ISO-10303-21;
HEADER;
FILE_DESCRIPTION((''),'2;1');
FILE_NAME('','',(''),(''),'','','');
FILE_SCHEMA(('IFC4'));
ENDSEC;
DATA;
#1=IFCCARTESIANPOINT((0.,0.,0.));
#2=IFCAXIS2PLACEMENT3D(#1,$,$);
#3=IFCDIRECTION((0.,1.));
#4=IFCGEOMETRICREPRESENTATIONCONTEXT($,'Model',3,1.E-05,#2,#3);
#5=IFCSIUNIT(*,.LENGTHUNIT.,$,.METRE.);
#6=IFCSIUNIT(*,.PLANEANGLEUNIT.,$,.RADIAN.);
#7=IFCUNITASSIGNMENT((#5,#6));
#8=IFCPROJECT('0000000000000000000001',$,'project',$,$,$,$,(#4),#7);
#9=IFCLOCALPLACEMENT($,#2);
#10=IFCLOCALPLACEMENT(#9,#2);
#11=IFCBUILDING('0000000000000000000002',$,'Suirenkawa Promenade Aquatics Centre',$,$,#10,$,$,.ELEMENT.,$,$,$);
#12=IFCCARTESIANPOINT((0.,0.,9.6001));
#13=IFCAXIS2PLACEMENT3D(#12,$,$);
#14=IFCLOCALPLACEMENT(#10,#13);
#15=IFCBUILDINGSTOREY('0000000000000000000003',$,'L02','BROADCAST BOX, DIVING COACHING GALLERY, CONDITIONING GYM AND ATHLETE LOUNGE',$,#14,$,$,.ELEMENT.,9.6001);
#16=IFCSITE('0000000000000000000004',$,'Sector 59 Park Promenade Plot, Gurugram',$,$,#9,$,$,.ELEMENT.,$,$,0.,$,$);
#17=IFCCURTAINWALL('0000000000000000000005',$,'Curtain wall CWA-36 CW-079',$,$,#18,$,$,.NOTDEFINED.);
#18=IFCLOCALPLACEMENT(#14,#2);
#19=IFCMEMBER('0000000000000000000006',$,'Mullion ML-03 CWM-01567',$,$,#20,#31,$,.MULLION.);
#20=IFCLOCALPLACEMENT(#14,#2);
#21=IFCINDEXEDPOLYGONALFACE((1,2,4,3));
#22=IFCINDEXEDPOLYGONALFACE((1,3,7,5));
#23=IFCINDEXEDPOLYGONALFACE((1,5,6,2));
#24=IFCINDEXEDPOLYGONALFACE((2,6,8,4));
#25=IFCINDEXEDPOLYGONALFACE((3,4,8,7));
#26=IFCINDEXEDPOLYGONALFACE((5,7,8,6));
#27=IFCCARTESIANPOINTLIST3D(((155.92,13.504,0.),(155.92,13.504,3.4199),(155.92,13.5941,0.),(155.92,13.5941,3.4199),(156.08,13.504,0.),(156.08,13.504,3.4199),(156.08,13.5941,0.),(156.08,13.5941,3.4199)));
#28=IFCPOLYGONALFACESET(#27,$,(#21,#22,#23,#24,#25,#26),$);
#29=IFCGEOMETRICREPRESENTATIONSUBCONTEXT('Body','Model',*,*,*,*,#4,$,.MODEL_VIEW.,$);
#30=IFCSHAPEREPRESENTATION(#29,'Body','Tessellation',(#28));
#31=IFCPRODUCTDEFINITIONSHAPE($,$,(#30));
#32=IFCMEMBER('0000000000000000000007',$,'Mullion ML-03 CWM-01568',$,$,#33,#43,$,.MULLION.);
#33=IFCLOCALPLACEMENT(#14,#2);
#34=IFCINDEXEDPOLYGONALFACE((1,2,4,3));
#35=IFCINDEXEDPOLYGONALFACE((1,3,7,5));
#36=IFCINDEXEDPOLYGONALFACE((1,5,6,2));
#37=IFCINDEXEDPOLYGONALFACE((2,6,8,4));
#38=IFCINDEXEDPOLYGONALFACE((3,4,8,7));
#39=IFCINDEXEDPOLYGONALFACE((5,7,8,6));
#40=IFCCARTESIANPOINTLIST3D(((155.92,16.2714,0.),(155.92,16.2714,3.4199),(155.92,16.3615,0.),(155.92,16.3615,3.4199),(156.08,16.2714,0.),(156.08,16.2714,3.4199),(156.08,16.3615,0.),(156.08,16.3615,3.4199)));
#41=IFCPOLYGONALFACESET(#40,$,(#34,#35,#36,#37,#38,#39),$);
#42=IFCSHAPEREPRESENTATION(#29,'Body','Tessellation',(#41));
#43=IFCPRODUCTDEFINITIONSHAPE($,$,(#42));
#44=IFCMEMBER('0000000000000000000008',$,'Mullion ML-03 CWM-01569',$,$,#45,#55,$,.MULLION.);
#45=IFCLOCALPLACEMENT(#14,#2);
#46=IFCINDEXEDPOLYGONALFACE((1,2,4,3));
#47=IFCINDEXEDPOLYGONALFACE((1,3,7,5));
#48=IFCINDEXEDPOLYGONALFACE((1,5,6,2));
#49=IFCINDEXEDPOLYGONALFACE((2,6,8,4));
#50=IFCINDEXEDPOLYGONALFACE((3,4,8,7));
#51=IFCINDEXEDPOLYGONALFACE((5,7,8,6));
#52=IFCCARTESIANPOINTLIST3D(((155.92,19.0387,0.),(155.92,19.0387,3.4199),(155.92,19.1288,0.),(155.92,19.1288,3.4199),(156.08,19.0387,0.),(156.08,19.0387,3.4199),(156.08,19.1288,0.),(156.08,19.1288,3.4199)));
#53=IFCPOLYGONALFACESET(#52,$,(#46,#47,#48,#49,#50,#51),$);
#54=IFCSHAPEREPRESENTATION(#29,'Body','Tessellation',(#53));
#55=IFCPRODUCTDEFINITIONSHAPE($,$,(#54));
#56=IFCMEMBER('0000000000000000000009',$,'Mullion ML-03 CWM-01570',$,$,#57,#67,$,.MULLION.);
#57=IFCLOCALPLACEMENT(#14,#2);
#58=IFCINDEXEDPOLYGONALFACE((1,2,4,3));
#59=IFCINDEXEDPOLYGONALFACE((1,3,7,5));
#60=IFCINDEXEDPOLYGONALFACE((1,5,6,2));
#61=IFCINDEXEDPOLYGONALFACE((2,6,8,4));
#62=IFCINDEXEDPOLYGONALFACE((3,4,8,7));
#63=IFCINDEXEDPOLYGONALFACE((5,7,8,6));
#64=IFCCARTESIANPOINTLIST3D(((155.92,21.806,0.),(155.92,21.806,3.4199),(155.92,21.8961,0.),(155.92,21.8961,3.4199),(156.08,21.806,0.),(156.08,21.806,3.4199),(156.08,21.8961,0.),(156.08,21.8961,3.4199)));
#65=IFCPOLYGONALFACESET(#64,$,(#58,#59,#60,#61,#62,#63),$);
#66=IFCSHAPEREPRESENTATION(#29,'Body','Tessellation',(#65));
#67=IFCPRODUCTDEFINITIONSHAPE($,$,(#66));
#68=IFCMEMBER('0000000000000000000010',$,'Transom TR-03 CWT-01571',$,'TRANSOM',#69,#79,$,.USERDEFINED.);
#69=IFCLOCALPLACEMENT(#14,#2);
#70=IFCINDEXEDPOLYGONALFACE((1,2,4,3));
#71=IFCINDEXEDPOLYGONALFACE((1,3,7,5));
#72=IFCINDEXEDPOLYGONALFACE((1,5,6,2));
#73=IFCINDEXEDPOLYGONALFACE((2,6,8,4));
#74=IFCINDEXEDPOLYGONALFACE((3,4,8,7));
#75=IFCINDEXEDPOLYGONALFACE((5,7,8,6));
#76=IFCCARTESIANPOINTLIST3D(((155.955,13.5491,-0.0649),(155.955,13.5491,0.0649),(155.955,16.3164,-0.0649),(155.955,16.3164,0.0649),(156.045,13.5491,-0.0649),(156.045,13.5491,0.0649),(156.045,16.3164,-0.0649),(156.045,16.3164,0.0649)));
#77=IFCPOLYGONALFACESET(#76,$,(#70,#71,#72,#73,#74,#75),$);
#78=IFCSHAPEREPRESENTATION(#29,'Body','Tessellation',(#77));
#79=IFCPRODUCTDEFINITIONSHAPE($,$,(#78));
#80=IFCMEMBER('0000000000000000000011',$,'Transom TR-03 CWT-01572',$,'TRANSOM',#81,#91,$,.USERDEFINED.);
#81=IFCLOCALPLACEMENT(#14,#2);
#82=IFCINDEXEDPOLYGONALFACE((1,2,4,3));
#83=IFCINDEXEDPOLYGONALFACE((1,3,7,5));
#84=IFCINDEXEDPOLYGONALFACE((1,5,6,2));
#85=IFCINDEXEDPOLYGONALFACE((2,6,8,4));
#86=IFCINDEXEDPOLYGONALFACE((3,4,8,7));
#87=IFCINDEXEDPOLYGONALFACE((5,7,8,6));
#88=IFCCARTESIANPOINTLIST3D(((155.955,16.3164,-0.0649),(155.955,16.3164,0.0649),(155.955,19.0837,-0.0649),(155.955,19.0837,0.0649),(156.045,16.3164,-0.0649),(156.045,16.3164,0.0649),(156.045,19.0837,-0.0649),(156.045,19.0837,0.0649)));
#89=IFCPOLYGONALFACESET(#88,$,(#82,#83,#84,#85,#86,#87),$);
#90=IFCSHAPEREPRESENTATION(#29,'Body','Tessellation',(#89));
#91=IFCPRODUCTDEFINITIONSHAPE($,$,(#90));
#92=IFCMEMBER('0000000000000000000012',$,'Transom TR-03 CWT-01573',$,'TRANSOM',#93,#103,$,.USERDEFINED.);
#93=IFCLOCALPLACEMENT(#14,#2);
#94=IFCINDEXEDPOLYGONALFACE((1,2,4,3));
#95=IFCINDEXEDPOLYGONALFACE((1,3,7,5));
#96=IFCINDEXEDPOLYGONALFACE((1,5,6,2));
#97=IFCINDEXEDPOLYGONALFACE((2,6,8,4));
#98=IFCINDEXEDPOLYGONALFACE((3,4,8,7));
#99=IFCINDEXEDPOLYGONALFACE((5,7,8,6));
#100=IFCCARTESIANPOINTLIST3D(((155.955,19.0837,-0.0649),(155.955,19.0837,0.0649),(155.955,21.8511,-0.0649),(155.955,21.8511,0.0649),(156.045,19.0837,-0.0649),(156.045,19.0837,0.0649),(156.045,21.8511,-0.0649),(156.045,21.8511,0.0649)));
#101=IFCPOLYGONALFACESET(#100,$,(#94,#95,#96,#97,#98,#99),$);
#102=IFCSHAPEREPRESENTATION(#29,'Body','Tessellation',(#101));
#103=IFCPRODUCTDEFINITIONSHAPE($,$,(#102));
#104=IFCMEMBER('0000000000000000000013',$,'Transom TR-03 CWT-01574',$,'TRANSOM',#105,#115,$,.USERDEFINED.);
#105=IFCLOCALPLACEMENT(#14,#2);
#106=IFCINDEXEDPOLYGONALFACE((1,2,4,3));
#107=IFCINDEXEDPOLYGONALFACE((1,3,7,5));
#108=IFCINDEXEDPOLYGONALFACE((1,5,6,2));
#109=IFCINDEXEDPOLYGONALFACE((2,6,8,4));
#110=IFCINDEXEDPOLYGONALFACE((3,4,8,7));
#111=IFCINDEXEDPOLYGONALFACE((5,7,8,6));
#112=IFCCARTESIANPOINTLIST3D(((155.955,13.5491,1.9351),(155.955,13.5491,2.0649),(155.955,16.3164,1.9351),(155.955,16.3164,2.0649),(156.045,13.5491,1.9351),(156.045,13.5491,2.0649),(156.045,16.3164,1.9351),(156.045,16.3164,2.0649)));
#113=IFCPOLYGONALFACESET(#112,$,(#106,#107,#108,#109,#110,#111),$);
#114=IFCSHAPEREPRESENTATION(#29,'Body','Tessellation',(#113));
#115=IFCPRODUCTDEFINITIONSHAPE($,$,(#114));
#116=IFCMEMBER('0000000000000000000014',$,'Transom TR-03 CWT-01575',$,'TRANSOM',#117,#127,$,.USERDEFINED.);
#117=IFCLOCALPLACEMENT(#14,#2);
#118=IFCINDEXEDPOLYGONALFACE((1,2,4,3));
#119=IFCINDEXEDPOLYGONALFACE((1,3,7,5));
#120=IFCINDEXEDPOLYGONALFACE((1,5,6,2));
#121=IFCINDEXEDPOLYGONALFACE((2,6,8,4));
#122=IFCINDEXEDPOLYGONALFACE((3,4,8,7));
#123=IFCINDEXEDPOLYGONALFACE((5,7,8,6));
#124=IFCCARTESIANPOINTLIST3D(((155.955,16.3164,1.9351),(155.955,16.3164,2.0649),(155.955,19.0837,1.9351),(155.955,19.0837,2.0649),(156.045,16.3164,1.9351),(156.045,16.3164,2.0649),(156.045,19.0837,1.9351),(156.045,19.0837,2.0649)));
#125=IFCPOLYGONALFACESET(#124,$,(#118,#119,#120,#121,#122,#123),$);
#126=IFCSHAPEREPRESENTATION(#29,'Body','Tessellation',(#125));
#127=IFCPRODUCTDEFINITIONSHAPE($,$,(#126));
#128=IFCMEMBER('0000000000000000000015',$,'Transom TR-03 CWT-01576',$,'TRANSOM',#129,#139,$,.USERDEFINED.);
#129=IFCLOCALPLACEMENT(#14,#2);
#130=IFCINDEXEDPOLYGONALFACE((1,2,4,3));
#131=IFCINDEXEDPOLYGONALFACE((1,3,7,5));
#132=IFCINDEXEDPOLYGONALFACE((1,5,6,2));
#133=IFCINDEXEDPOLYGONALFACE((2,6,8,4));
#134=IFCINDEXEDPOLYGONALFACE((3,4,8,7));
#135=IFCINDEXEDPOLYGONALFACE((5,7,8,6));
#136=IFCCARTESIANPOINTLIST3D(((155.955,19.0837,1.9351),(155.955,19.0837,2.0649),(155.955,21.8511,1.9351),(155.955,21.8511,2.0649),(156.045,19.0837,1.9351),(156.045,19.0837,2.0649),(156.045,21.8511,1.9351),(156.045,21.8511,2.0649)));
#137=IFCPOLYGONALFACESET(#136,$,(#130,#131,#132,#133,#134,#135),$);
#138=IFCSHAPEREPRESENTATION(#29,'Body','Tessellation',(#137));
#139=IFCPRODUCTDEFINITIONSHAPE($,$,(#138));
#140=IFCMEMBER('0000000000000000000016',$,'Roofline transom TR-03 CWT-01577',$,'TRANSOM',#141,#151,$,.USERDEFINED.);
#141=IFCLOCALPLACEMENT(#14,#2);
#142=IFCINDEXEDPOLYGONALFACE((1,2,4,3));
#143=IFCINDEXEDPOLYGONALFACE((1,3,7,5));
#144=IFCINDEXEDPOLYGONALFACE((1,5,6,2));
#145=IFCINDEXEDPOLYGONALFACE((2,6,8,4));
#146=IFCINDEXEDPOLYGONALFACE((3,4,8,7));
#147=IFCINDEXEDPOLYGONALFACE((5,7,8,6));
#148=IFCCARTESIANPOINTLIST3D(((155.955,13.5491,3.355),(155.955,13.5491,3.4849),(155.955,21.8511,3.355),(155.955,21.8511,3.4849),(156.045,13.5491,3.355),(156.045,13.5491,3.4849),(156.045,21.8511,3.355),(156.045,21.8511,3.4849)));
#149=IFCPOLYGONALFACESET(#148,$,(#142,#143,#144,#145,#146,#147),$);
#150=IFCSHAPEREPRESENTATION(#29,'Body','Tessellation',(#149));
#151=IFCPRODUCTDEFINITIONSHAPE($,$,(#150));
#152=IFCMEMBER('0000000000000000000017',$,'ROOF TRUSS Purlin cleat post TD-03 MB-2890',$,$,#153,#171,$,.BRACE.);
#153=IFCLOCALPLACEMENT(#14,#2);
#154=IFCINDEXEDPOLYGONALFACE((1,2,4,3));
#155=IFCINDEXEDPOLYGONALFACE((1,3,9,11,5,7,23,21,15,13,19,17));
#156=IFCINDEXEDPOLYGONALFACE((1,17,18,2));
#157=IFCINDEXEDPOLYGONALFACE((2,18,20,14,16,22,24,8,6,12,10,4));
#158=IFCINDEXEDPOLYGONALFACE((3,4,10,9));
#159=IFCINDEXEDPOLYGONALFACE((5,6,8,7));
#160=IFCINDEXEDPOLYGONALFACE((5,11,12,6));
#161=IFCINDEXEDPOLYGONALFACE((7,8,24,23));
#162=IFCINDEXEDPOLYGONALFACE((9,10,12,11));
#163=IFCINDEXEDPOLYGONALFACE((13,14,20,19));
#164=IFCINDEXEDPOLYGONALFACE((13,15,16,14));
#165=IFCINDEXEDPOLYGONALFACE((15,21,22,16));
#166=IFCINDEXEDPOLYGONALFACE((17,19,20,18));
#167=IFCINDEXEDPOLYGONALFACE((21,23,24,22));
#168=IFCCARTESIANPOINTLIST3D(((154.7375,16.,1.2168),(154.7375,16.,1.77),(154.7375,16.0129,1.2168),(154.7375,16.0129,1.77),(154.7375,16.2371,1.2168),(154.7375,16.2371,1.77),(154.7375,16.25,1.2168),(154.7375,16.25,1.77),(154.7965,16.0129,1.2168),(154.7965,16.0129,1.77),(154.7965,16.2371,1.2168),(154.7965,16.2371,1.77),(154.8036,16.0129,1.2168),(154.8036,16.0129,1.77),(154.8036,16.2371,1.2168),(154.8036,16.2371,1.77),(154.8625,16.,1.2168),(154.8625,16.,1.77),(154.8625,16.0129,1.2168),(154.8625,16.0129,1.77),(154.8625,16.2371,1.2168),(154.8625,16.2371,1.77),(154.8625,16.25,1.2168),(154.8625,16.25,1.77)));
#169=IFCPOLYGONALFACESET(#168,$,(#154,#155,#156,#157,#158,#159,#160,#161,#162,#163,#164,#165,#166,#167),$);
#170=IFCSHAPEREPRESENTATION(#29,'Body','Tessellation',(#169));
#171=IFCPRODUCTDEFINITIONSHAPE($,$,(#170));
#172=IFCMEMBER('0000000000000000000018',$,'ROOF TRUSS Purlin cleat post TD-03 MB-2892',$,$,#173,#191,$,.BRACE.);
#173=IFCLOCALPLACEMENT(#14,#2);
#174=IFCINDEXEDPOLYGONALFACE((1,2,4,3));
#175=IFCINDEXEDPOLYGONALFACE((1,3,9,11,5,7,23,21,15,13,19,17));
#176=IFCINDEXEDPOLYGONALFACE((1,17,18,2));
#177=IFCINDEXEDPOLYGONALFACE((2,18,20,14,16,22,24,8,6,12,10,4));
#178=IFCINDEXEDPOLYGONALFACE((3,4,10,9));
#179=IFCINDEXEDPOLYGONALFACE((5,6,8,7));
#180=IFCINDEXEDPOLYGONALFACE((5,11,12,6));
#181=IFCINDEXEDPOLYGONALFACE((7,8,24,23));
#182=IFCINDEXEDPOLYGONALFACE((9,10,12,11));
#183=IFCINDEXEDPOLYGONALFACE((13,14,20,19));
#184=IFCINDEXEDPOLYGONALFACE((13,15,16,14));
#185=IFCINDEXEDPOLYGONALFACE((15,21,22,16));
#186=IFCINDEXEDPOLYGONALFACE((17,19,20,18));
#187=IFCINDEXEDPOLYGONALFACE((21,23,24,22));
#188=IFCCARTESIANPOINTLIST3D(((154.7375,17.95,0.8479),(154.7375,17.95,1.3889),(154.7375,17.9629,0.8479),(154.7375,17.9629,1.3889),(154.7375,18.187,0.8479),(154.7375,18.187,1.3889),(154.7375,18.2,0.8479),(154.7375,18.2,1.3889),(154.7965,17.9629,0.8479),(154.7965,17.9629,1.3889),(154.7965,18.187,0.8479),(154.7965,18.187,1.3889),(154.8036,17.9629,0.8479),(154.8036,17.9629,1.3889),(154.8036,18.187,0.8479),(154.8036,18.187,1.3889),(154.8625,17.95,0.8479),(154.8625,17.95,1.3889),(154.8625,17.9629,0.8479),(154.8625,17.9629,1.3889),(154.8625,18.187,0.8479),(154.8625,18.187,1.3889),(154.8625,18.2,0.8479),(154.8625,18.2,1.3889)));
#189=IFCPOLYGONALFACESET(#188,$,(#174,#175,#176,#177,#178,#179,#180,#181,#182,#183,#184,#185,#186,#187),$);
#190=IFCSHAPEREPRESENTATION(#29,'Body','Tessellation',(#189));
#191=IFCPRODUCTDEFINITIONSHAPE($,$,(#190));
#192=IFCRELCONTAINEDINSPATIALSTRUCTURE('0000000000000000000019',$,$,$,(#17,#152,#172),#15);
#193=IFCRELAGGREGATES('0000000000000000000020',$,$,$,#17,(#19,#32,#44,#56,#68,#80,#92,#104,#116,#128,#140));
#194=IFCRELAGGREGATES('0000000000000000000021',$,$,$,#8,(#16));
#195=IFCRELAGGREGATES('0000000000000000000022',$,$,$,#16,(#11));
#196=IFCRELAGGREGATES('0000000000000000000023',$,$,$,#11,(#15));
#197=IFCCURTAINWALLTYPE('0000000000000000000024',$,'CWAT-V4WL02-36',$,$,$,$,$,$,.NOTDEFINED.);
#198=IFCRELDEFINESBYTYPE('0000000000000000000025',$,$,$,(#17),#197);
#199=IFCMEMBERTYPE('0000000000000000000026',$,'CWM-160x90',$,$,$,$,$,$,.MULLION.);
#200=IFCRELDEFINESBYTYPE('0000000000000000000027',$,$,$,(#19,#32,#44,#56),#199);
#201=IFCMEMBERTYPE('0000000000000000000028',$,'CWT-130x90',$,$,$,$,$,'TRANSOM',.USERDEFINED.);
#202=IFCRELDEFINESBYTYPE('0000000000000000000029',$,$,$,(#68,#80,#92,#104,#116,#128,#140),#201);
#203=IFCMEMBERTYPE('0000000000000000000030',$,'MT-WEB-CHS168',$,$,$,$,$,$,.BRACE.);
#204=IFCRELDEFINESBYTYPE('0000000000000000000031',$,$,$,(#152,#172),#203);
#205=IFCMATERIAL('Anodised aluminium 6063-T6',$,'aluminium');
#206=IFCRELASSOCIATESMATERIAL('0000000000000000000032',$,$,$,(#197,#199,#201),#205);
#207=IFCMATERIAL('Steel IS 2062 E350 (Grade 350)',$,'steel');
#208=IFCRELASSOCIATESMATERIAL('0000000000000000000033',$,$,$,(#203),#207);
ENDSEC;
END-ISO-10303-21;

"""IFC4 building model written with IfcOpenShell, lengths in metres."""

from ifc_helpers import new_model, si_unit, direction, frame, origin, origin_2d, place, context, subcontext, project, spatial, rectangle, i_section, extrude, material, material_profile, profile_set, type_object, element, aggregate, save


model = new_model("IFC4")

# Units and contexts
model_context = context("Model", 3, precision=1e-05, world=origin(), true_north=direction((0.0, 1.0)))
body_context = subcontext(model_context, "Body", "Model", "MODEL_VIEW")
ifc_project = project(units=[si_unit("LENGTHUNIT", "METRE"), si_unit("PLANEANGLEUNIT", "RADIAN")], contexts=[model_context])

# Site, building, storey
site_placement = place(None, origin())
site = spatial("IfcSite", under=ifc_project, at=site_placement, Name="Sector 59 Park Promenade Plot, Gurugram", CompositionType="ELEMENT", RefElevation=0.0)
building_placement = place(site_placement, origin())
building = spatial("IfcBuilding", under=site, at=building_placement, Name="Suirenkawa Promenade Aquatics Centre", CompositionType="ELEMENT")
storey_placement = place(building_placement, frame((0.0, 0.0, 9.6001)))
storey = spatial("IfcBuildingStorey", under=building, at=storey_placement, Name="L02", Description="BROADCAST BOX, DIVING COACHING GALLERY, CONDITIONING GYM AND ATHLETE LOUNGE", CompositionType="ELEMENT", Elevation=9.6001)

# Shared definitions
ifc_material_1 = material(Name="Steel IS 2062 E350 (Grade 350)", Category="steel")

# Curtain wall, members
ifc_material_2 = material(Name="Anodised aluminium 6063-T6", Category="aluminium")
curtain_wall_type = type_object("IfcCurtainWallType", Name="CWAT-V4WL02-36", PredefinedType="NOTDEFINED", material=ifc_material_2)
curtain_wall_placement = place(storey_placement, origin())
curtain_wall = element("IfcCurtainWall", 1, at=curtain_wall_placement, inside=storey, type_object=curtain_wall_type, Name="Curtain wall CWA-36 CW-079", PredefinedType="NOTDEFINED")
ifc_material_profile_1 = material_profile(ifc_material_2, rectangle(XDim=0.0901, YDim=0.1599, at=origin_2d()), Name="ALU MULL 90x160", Category="aluminium")
ifc_profile_set_1 = profile_set([ifc_material_profile_1], Name="Anodised aluminium 6063-T6")
member_type_1 = type_object("IfcMemberType", Name="CWM-160x90", PredefinedType="MULLION", material=ifc_profile_set_1)
member_1_placement = place(storey_placement, frame((156.0, 13.5491, 0.0), z_axis=(0.0, 0.0, 1.0), x_axis=(0.0, 1.0, 0.0)))
member_1 = element("IfcMember", 2, at=member_1_placement, type_object=member_type_1, Name="Mullion ML-03 CWM-01567", PredefinedType="MULLION", context=body_context, shape_type="SweptSolid", body=[
    extrude(rectangle(XDim=0.0901, YDim=0.1599, at=origin_2d()), origin(), (0.0, 0.0, 1.0), 3.4199),
])
member_2_placement = place(storey_placement, frame((156.0, 16.3164, 0.0), z_axis=(0.0, 0.0, 1.0), x_axis=(0.0, 1.0, 0.0)))
member_2 = element("IfcMember", 3, at=member_2_placement, type_object=member_type_1, Name="Mullion ML-03 CWM-01568", PredefinedType="MULLION", context=body_context, shape_type="SweptSolid", body=[
    extrude(rectangle(XDim=0.0901, YDim=0.1599, at=origin_2d()), origin(), (0.0, 0.0, 1.0), 3.4199),
])
member_3_placement = place(storey_placement, frame((156.0, 19.0837, 0.0), z_axis=(0.0, 0.0, 1.0), x_axis=(0.0, 1.0, 0.0)))
member_3 = element("IfcMember", 4, at=member_3_placement, type_object=member_type_1, Name="Mullion ML-03 CWM-01569", PredefinedType="MULLION", context=body_context, shape_type="SweptSolid", body=[
    extrude(rectangle(XDim=0.0901, YDim=0.1599, at=origin_2d()), origin(), (0.0, 0.0, 1.0), 3.4199),
])
member_4_placement = place(storey_placement, frame((156.0, 21.8511, 0.0), z_axis=(0.0, 0.0, 1.0), x_axis=(0.0, 1.0, 0.0)))
member_4 = element("IfcMember", 5, at=member_4_placement, type_object=member_type_1, Name="Mullion ML-03 CWM-01570", PredefinedType="MULLION", context=body_context, shape_type="SweptSolid", body=[
    extrude(rectangle(XDim=0.0901, YDim=0.1599, at=origin_2d()), origin(), (0.0, 0.0, 1.0), 3.4199),
])
ifc_material_profile_2 = material_profile(ifc_material_2, rectangle(XDim=0.0901, YDim=0.1299, at=origin_2d()), Name="ALU TRAN 90x130", Category="aluminium")
ifc_profile_set_2 = profile_set([ifc_material_profile_2], Name="Anodised aluminium 6063-T6")
member_type_2 = type_object("IfcMemberType", Name="CWT-130x90", ElementType="TRANSOM", PredefinedType="USERDEFINED", material=ifc_profile_set_2)
member_5_placement = place(storey_placement, frame((156.0, 13.5491, 0.0), z_axis=(0.0, 1.0, 0.0), x_axis=(-1.0, 0.0, 0.0)))
member_5 = element("IfcMember", 6, at=member_5_placement, type_object=member_type_2, Name="Transom TR-03 CWT-01571", ObjectType="TRANSOM", PredefinedType="USERDEFINED", context=body_context, shape_type="SweptSolid", body=[
    extrude(rectangle(XDim=0.0901, YDim=0.1299, at=origin_2d()), origin(), (0.0, 0.0, 1.0), 2.7673),
])
member_6_placement = place(storey_placement, frame((156.0, 16.3164, 0.0), z_axis=(0.0, 1.0, 0.0), x_axis=(-1.0, 0.0, 0.0)))
member_6 = element("IfcMember", 7, at=member_6_placement, type_object=member_type_2, Name="Transom TR-03 CWT-01572", ObjectType="TRANSOM", PredefinedType="USERDEFINED", context=body_context, shape_type="SweptSolid", body=[
    extrude(rectangle(XDim=0.0901, YDim=0.1299, at=origin_2d()), origin(), (0.0, 0.0, 1.0), 2.7673),
])
member_7_placement = place(storey_placement, frame((156.0, 19.0837, 0.0), z_axis=(0.0, 1.0, 0.0), x_axis=(-1.0, 0.0, 0.0)))
member_7 = element("IfcMember", 8, at=member_7_placement, type_object=member_type_2, Name="Transom TR-03 CWT-01573", ObjectType="TRANSOM", PredefinedType="USERDEFINED", context=body_context, shape_type="SweptSolid", body=[
    extrude(rectangle(XDim=0.0901, YDim=0.1299, at=origin_2d()), origin(), (0.0, 0.0, 1.0), 2.7673),
])
member_8_placement = place(storey_placement, frame((156.0, 13.5491, 2.0), z_axis=(0.0, 1.0, 0.0), x_axis=(-1.0, 0.0, 0.0)))
member_8 = element("IfcMember", 9, at=member_8_placement, type_object=member_type_2, Name="Transom TR-03 CWT-01574", ObjectType="TRANSOM", PredefinedType="USERDEFINED", context=body_context, shape_type="SweptSolid", body=[
    extrude(rectangle(XDim=0.0901, YDim=0.1299, at=origin_2d()), origin(), (0.0, 0.0, 1.0), 2.7673),
])
member_9_placement = place(storey_placement, frame((156.0, 16.3164, 2.0), z_axis=(0.0, 1.0, 0.0), x_axis=(-1.0, 0.0, 0.0)))
member_9 = element("IfcMember", 10, at=member_9_placement, type_object=member_type_2, Name="Transom TR-03 CWT-01575", ObjectType="TRANSOM", PredefinedType="USERDEFINED", context=body_context, shape_type="SweptSolid", body=[
    extrude(rectangle(XDim=0.0901, YDim=0.1299, at=origin_2d()), origin(), (0.0, 0.0, 1.0), 2.7673),
])
member_10_placement = place(storey_placement, frame((156.0, 19.0837, 2.0), z_axis=(0.0, 1.0, 0.0), x_axis=(-1.0, 0.0, 0.0)))
member_10 = element("IfcMember", 11, at=member_10_placement, type_object=member_type_2, Name="Transom TR-03 CWT-01576", ObjectType="TRANSOM", PredefinedType="USERDEFINED", context=body_context, shape_type="SweptSolid", body=[
    extrude(rectangle(XDim=0.0901, YDim=0.1299, at=origin_2d()), origin(), (0.0, 0.0, 1.0), 2.7673),
])
member_11_placement = place(storey_placement, frame((156.0, 13.5491, 3.4199), z_axis=(0.0, 1.0, 0.0), x_axis=(-1.0, 0.0, 0.0)))
member_11 = element("IfcMember", 12, at=member_11_placement, type_object=member_type_2, Name="Roofline transom TR-03 CWT-01577", ObjectType="TRANSOM", PredefinedType="USERDEFINED", context=body_context, shape_type="SweptSolid", body=[
    extrude(rectangle(XDim=0.0901, YDim=0.1299, at=origin_2d()), origin(), (0.0, 0.0, 1.0), 8.302),
])

# Members
ifc_material_profile_3 = material_profile(ifc_material_1, i_section(OverallWidth=0.125, OverallDepth=0.25, WebThickness=0.0071, FlangeThickness=0.0129, at=origin_2d()), Name="ISMB 250", Category="steel")
ifc_profile_set_3 = profile_set([ifc_material_profile_3], Name="Steel IS 2062 E350 (Grade 350)")
member_type_3 = type_object("IfcMemberType", Name="MT-WEB-CHS168", PredefinedType="BRACE", material=ifc_profile_set_3)
member_12_placement = place(storey_placement, frame((154.8, 16.125, 1.2168), z_axis=(0.0, 0.0, 1.0), x_axis=(1.0, 0.0, 0.0)))
element("IfcMember", 13, at=member_12_placement, inside=storey, type_object=member_type_3, Name="ROOF TRUSS Purlin cleat post TD-03 MB-2890", PredefinedType="BRACE", context=body_context, shape_type="SweptSolid", body=[
    extrude(i_section(OverallWidth=0.125, OverallDepth=0.25, WebThickness=0.0071, FlangeThickness=0.0129, at=origin_2d()), origin(), (0.0, 0.0, 1.0), 0.5532),
])
member_13_placement = place(storey_placement, frame((154.8, 18.075, 0.8479), z_axis=(0.0, 0.0, 1.0), x_axis=(1.0, 0.0, 0.0)))
element("IfcMember", 14, at=member_13_placement, inside=storey, type_object=member_type_3, Name="ROOF TRUSS Purlin cleat post TD-03 MB-2892", PredefinedType="BRACE", context=body_context, shape_type="SweptSolid", body=[
    extrude(i_section(OverallWidth=0.125, OverallDepth=0.25, WebThickness=0.0071, FlangeThickness=0.0129, at=origin_2d()), origin(), (0.0, 0.0, 1.0), 0.541),
])

aggregate(curtain_wall, [member_1, member_2, member_3, member_4, member_5, member_6, member_7, member_8, member_9, member_10, member_11])

save(model, "model.ifc")
